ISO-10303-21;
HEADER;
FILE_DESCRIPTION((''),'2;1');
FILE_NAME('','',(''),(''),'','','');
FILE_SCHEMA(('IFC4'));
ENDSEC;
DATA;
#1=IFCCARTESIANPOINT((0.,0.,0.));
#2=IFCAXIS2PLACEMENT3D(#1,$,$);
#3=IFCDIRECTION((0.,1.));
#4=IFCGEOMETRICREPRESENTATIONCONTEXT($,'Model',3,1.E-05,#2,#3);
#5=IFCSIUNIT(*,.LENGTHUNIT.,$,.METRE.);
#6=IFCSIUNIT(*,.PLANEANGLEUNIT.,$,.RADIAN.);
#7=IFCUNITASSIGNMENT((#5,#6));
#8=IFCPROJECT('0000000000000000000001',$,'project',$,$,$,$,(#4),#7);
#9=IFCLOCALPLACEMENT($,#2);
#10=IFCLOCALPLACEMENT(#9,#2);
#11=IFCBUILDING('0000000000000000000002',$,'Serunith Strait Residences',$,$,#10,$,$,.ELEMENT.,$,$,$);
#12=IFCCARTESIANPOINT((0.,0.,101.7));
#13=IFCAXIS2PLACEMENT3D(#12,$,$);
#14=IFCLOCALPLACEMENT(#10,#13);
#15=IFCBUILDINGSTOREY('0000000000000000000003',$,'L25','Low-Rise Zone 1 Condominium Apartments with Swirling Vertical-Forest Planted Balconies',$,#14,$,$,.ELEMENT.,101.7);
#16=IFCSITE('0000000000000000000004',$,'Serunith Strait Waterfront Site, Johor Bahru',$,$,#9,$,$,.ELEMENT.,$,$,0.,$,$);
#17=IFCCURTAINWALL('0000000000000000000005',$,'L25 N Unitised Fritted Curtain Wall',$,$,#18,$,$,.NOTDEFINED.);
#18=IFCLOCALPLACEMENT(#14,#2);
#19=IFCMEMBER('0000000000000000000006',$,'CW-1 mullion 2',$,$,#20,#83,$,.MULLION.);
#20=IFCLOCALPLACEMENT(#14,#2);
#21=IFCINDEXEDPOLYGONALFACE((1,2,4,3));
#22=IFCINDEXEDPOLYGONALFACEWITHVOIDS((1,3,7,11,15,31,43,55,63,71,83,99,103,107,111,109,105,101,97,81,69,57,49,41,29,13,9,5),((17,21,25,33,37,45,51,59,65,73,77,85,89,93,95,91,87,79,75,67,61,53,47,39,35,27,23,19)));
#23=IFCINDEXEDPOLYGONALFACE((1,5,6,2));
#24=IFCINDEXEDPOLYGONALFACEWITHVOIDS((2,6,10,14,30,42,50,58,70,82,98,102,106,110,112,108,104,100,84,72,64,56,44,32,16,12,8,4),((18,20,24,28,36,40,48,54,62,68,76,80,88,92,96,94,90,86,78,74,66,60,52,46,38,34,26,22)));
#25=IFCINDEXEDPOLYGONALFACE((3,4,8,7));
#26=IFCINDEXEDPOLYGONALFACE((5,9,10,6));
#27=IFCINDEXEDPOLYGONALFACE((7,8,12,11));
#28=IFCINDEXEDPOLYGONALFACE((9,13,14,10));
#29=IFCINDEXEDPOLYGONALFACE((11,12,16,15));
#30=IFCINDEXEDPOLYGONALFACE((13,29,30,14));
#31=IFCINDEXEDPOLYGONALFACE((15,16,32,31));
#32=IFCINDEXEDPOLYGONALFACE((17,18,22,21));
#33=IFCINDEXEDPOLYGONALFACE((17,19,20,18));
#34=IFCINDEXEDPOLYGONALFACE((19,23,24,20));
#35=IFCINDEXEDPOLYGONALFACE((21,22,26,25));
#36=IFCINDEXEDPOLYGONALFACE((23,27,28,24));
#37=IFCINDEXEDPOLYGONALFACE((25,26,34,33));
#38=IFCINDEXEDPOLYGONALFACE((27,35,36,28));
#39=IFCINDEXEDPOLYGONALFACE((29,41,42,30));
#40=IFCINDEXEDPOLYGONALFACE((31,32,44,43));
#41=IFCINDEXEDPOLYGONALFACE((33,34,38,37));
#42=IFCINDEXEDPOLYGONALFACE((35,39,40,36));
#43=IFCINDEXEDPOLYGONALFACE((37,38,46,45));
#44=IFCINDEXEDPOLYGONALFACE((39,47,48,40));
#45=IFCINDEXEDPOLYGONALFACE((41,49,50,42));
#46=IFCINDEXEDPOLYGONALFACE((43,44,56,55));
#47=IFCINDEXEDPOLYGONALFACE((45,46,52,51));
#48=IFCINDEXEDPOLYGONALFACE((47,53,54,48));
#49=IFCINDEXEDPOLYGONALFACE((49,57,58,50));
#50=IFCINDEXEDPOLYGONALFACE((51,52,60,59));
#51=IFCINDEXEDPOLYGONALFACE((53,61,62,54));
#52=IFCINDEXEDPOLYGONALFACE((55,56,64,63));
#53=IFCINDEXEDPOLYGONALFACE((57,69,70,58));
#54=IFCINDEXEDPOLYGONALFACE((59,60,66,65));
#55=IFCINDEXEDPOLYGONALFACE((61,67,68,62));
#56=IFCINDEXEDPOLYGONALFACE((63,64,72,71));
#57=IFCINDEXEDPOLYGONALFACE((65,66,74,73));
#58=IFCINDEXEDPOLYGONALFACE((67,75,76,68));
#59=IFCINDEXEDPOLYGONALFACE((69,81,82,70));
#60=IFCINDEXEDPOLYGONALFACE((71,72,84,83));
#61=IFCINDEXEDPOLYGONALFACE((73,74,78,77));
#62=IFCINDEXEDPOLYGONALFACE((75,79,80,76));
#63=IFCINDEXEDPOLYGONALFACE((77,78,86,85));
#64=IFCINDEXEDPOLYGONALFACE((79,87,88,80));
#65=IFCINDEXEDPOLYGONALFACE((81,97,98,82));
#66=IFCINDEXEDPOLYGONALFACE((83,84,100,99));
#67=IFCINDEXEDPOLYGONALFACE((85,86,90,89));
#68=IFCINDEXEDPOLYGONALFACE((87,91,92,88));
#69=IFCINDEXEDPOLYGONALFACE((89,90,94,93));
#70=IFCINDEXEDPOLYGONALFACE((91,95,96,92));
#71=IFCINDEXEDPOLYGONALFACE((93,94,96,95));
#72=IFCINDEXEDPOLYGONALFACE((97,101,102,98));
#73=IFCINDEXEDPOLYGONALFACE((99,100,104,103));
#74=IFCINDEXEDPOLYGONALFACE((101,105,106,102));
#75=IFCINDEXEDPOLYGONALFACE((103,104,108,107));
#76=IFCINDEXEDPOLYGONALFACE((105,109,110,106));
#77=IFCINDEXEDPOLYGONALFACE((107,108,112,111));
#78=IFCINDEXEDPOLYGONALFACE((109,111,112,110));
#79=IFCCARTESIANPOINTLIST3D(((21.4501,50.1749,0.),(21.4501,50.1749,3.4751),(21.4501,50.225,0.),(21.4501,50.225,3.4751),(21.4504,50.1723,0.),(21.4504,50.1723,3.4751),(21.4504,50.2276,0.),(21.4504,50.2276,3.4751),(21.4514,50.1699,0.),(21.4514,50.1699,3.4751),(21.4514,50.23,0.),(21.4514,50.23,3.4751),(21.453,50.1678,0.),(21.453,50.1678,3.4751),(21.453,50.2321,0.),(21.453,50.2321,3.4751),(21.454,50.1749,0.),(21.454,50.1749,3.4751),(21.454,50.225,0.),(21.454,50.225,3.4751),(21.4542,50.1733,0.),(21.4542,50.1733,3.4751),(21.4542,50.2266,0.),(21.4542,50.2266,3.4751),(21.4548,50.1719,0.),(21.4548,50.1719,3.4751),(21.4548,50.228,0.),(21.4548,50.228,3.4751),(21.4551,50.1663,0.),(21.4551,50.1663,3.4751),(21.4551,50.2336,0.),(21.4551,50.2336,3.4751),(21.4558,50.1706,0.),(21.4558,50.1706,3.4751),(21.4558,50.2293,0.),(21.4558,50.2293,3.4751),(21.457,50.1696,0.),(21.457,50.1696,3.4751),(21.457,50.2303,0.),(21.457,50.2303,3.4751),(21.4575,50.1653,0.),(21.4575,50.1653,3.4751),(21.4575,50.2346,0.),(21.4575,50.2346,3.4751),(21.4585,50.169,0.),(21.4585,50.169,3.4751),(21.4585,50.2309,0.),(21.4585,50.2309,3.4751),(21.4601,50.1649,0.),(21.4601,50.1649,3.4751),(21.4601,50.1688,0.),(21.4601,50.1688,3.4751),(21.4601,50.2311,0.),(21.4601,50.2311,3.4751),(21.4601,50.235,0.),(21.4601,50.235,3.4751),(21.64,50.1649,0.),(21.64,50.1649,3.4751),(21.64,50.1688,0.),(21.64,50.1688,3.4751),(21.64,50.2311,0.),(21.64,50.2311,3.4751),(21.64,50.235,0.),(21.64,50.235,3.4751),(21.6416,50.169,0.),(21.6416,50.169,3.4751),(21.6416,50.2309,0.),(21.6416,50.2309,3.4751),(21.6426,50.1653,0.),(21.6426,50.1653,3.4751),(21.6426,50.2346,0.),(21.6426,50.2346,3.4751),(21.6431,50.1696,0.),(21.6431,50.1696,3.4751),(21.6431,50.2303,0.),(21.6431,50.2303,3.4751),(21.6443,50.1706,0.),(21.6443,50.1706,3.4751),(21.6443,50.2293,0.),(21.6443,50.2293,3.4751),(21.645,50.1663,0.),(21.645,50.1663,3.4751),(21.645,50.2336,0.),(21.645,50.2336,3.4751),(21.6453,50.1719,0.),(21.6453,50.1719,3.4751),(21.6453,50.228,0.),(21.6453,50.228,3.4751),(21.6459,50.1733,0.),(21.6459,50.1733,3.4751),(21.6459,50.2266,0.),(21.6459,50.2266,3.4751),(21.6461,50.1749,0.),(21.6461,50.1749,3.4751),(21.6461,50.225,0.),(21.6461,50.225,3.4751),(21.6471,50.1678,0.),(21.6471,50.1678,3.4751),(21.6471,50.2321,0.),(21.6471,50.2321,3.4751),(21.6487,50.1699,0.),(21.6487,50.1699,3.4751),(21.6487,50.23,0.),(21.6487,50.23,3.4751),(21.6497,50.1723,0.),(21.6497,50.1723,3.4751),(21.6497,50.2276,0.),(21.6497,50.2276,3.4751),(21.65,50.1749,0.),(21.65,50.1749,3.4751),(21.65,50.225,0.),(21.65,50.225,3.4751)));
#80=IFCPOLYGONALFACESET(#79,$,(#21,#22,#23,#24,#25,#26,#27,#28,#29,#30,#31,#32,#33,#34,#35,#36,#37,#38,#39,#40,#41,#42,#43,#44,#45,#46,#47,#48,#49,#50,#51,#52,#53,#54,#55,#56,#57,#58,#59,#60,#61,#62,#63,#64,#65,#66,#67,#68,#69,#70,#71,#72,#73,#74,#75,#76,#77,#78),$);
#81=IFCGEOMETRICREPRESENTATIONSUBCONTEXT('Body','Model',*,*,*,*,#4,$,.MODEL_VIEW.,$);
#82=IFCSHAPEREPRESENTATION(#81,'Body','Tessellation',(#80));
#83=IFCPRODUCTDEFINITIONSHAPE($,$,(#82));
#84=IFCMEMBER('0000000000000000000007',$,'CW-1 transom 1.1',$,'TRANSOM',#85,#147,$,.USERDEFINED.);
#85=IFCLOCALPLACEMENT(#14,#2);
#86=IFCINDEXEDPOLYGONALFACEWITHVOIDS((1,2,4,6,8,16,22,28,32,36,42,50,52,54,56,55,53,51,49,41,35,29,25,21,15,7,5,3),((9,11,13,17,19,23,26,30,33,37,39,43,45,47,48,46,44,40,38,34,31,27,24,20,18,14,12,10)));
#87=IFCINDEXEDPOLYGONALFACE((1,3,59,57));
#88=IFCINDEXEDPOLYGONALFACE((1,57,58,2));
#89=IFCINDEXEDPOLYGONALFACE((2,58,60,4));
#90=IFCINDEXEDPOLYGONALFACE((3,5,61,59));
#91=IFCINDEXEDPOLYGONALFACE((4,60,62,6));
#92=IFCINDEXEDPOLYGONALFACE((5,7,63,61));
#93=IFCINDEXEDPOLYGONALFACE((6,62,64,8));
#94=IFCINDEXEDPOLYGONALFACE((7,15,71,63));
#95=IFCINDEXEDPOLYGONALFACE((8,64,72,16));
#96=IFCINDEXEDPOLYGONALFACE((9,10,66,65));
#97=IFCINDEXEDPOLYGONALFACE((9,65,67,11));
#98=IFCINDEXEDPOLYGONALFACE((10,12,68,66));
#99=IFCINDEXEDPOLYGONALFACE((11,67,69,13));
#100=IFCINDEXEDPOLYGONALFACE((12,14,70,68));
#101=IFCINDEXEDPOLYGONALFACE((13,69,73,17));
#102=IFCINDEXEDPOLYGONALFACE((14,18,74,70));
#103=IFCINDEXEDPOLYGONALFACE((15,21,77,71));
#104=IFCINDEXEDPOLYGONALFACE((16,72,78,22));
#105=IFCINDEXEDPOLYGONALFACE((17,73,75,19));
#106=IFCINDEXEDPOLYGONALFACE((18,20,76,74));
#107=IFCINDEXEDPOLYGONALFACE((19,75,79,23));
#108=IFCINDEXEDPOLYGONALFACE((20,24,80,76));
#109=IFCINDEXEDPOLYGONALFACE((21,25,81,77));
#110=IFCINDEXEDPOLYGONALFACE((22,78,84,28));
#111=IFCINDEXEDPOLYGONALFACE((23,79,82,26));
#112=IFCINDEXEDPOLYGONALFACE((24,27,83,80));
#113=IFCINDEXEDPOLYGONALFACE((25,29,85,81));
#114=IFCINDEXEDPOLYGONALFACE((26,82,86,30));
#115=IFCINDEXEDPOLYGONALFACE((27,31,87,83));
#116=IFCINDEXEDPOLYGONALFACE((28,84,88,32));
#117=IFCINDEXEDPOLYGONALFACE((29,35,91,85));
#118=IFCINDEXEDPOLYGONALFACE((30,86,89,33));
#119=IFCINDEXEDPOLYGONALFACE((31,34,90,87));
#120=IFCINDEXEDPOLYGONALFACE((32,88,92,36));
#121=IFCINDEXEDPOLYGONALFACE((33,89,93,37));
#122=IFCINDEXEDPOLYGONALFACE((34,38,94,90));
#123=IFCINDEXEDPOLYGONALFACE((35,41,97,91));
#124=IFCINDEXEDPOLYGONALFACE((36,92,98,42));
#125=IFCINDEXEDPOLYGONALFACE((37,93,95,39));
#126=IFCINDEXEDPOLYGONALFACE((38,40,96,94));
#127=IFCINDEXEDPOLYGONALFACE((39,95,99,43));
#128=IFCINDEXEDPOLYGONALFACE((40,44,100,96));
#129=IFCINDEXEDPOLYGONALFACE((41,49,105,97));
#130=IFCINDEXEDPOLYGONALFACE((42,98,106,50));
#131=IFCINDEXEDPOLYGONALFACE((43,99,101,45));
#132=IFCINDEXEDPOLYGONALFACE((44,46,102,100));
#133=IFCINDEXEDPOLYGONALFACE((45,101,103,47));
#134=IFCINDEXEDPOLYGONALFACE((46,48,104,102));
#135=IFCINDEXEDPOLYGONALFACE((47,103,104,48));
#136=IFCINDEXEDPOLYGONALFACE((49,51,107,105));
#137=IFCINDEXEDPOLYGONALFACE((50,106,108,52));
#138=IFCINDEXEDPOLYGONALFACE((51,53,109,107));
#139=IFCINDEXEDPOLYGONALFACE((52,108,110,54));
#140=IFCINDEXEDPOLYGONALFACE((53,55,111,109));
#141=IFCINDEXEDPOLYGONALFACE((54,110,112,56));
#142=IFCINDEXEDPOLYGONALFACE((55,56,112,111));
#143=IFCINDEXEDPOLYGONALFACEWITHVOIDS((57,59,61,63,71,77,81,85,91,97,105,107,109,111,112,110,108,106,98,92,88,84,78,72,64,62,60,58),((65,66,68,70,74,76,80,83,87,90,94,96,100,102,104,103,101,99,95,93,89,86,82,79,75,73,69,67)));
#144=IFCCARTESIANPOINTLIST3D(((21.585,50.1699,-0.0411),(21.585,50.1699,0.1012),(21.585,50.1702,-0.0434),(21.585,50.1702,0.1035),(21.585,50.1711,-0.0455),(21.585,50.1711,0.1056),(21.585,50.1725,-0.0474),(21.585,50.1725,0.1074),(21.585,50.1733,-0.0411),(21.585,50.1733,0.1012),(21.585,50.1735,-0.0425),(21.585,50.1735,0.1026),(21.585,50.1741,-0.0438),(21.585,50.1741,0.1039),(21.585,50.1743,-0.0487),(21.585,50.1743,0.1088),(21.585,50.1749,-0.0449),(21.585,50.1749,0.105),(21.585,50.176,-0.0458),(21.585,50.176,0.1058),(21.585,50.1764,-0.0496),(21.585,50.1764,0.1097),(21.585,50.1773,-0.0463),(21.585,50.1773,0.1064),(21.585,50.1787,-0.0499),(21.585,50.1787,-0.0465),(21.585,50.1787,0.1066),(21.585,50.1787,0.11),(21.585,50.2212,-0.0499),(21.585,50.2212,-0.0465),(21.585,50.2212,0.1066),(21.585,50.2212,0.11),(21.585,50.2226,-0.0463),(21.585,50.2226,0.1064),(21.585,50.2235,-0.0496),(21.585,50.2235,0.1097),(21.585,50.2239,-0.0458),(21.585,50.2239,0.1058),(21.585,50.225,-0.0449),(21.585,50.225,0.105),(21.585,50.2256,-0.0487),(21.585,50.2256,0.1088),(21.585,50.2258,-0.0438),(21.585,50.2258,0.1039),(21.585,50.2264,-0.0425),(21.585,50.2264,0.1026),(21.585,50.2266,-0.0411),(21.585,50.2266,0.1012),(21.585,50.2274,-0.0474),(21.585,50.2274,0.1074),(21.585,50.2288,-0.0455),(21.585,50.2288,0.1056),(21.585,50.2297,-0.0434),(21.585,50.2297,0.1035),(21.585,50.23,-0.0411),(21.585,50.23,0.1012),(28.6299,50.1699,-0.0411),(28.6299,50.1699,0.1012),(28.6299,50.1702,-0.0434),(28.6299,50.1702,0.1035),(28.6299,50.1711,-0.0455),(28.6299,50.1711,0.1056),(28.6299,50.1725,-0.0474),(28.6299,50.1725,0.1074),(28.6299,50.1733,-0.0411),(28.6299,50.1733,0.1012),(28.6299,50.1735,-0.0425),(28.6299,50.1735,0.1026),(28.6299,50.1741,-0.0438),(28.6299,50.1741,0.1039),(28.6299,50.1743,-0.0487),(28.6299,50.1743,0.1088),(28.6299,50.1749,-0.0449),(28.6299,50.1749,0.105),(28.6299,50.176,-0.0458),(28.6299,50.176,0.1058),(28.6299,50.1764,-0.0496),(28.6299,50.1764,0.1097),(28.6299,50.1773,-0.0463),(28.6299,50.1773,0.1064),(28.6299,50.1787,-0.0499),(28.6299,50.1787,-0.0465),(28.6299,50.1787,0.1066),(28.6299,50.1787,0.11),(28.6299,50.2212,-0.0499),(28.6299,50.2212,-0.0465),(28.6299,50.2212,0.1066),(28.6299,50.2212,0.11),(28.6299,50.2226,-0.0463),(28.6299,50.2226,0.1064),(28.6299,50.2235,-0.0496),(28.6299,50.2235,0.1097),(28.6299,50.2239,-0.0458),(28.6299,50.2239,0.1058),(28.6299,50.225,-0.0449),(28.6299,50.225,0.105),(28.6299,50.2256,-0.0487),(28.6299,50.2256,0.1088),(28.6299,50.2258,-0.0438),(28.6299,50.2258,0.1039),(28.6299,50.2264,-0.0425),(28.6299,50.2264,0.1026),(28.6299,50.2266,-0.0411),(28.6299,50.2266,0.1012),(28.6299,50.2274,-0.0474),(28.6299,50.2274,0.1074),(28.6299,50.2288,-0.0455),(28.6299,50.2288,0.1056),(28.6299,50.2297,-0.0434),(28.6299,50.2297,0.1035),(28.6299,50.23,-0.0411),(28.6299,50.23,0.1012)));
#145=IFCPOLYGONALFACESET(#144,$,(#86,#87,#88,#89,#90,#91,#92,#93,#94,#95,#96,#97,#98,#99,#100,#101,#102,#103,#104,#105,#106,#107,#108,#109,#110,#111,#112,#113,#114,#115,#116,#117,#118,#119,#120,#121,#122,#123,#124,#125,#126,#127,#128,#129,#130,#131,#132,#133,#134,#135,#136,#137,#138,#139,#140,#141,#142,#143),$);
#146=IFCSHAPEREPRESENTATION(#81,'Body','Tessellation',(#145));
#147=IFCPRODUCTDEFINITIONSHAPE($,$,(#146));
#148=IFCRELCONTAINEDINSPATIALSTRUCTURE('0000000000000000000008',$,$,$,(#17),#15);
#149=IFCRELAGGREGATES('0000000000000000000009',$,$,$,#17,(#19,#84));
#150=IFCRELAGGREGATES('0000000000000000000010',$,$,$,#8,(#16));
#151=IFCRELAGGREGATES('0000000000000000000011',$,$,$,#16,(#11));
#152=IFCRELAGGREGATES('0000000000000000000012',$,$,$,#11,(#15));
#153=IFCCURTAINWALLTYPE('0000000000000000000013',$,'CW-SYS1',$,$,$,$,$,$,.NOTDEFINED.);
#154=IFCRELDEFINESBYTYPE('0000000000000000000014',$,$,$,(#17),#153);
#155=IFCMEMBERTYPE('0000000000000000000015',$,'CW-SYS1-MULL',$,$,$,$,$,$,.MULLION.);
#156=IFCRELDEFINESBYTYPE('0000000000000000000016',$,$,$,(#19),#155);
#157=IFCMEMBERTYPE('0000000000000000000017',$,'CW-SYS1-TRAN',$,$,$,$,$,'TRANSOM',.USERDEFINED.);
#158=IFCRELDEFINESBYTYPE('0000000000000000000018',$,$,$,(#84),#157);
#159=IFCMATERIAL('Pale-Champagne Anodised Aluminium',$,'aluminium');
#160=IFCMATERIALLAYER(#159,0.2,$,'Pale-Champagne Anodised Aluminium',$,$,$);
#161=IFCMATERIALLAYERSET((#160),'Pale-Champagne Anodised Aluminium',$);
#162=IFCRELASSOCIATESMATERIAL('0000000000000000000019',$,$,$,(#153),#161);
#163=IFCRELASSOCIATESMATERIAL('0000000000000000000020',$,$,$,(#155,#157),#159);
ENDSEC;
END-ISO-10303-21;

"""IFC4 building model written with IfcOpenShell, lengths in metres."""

from ifc_helpers import new_model, si_unit, direction, frame, origin, origin_2d, place, context, subcontext, project, spatial, hollow_rectangle, extrude, source, transform, mapped, material, layer, layer_set, material_profile, profile_set, type_object, element, aggregate, save


model = new_model("IFC4")

# Units and contexts
model_context = context("Model", 3, precision=1e-05, world=origin(), true_north=direction((0.0, 1.0)))
body_context = subcontext(model_context, "Body", "Model", "MODEL_VIEW")
ifc_project = project(units=[si_unit("LENGTHUNIT", "METRE"), si_unit("PLANEANGLEUNIT", "RADIAN")], contexts=[model_context])

# Site, building, storey
site_placement = place(None, origin())
site = spatial("IfcSite", under=ifc_project, at=site_placement, Name="Serunith Strait Waterfront Site, Johor Bahru", CompositionType="ELEMENT", RefElevation=0.0)
building_placement = place(site_placement, origin())
building = spatial("IfcBuilding", under=site, at=building_placement, Name="Serunith Strait Residences", CompositionType="ELEMENT")
storey_placement = place(building_placement, frame((0.0, 0.0, 101.7)))
storey = spatial("IfcBuildingStorey", under=building, at=storey_placement, Name="L25", Description="Low-Rise Zone 1 Condominium Apartments with Swirling Vertical-Forest Planted Balconies", CompositionType="ELEMENT", Elevation=101.7)

# Curtain wall, members
ifc_material_1 = material(Name="Pale-Champagne Anodised Aluminium", Category="aluminium")
ifc_layer_1 = layer(ifc_material_1, 0.2, Name="Pale-Champagne Anodised Aluminium")
ifc_layer_set_1 = layer_set([ifc_layer_1], Name="Pale-Champagne Anodised Aluminium")
curtain_wall_type = type_object("IfcCurtainWallType", Name="CW-SYS1", PredefinedType="NOTDEFINED", material=ifc_layer_set_1)
curtain_wall_placement = place(storey_placement, origin())
curtain_wall = element("IfcCurtainWall", 1, at=curtain_wall_placement, inside=storey, type_object=curtain_wall_type, Name="L25 N Unitised Fritted Curtain Wall", PredefinedType="NOTDEFINED")
ifc_material_profile_1 = material_profile(ifc_material_1, hollow_rectangle(XDim=0.0701, YDim=0.2, WallThickness=0.0039, InnerFilletRadius=0.0061, OuterFilletRadius=0.01, at=origin_2d()), Name="ALU 200x70x4")
ifc_profile_set_1 = profile_set([ifc_material_profile_1], Name="Pale-Champagne Anodised Aluminium")
member_type_1 = type_object("IfcMemberType", Name="CW-SYS1-MULL", PredefinedType="MULLION", material=ifc_profile_set_1)
shared_shape_1 = source(origin(), body_context, "Body", "SweptSolid", [
    extrude(hollow_rectangle(XDim=0.0701, YDim=0.2, WallThickness=0.0039, InnerFilletRadius=0.0061, OuterFilletRadius=0.01, at=origin_2d()), origin(), (0.0, 0.0, 1.0), 3.4751),
])
member_1_placement = place(storey_placement, frame((21.55, 50.2, 0.0), z_axis=(0.0, 0.0, 1.0), x_axis=(0.0, -1.0, 0.0)))
member_1 = element("IfcMember", 2, at=member_1_placement, type_object=member_type_1, Name="CW-1 mullion 2", PredefinedType="MULLION", context=body_context, shape_type="MappedRepresentation", body=[
    mapped(shared_shape_1, transform((0.0, 0.0, 0.0), scale=1.0)),
])
ifc_material_profile_2 = material_profile(ifc_material_1, hollow_rectangle(XDim=0.0601, YDim=0.1599, WallThickness=0.0034, InnerFilletRadius=0.0054, OuterFilletRadius=0.0088, at=origin_2d()), Name="ALU 160x60x3.5")
ifc_profile_set_2 = profile_set([ifc_material_profile_2], Name="Pale-Champagne Anodised Aluminium")
member_type_2 = type_object("IfcMemberType", Name="CW-SYS1-TRAN", ElementType="TRANSOM", PredefinedType="USERDEFINED", material=ifc_profile_set_2)
shared_shape_2 = source(origin(), body_context, "Body", "SweptSolid", [
    extrude(hollow_rectangle(XDim=0.0601, YDim=0.1599, WallThickness=0.0034, InnerFilletRadius=0.0054, OuterFilletRadius=0.0088, at=origin_2d()), origin(), (0.0, 0.0, 1.0), 7.0449),
])
member_2_placement = place(storey_placement, frame((28.6299, 50.2, 0.03), z_axis=(-1.0, 0.0, 0.0), x_axis=(0.0, -1.0, 0.0)))
member_2 = element("IfcMember", 3, at=member_2_placement, type_object=member_type_2, Name="CW-1 transom 1.1", ObjectType="TRANSOM", PredefinedType="USERDEFINED", context=body_context, shape_type="MappedRepresentation", body=[
    mapped(shared_shape_2, transform((0.0, 0.0, 0.0), scale=1.0)),
])
aggregate(curtain_wall, [member_1, member_2])

save(model, "model.ifc")
